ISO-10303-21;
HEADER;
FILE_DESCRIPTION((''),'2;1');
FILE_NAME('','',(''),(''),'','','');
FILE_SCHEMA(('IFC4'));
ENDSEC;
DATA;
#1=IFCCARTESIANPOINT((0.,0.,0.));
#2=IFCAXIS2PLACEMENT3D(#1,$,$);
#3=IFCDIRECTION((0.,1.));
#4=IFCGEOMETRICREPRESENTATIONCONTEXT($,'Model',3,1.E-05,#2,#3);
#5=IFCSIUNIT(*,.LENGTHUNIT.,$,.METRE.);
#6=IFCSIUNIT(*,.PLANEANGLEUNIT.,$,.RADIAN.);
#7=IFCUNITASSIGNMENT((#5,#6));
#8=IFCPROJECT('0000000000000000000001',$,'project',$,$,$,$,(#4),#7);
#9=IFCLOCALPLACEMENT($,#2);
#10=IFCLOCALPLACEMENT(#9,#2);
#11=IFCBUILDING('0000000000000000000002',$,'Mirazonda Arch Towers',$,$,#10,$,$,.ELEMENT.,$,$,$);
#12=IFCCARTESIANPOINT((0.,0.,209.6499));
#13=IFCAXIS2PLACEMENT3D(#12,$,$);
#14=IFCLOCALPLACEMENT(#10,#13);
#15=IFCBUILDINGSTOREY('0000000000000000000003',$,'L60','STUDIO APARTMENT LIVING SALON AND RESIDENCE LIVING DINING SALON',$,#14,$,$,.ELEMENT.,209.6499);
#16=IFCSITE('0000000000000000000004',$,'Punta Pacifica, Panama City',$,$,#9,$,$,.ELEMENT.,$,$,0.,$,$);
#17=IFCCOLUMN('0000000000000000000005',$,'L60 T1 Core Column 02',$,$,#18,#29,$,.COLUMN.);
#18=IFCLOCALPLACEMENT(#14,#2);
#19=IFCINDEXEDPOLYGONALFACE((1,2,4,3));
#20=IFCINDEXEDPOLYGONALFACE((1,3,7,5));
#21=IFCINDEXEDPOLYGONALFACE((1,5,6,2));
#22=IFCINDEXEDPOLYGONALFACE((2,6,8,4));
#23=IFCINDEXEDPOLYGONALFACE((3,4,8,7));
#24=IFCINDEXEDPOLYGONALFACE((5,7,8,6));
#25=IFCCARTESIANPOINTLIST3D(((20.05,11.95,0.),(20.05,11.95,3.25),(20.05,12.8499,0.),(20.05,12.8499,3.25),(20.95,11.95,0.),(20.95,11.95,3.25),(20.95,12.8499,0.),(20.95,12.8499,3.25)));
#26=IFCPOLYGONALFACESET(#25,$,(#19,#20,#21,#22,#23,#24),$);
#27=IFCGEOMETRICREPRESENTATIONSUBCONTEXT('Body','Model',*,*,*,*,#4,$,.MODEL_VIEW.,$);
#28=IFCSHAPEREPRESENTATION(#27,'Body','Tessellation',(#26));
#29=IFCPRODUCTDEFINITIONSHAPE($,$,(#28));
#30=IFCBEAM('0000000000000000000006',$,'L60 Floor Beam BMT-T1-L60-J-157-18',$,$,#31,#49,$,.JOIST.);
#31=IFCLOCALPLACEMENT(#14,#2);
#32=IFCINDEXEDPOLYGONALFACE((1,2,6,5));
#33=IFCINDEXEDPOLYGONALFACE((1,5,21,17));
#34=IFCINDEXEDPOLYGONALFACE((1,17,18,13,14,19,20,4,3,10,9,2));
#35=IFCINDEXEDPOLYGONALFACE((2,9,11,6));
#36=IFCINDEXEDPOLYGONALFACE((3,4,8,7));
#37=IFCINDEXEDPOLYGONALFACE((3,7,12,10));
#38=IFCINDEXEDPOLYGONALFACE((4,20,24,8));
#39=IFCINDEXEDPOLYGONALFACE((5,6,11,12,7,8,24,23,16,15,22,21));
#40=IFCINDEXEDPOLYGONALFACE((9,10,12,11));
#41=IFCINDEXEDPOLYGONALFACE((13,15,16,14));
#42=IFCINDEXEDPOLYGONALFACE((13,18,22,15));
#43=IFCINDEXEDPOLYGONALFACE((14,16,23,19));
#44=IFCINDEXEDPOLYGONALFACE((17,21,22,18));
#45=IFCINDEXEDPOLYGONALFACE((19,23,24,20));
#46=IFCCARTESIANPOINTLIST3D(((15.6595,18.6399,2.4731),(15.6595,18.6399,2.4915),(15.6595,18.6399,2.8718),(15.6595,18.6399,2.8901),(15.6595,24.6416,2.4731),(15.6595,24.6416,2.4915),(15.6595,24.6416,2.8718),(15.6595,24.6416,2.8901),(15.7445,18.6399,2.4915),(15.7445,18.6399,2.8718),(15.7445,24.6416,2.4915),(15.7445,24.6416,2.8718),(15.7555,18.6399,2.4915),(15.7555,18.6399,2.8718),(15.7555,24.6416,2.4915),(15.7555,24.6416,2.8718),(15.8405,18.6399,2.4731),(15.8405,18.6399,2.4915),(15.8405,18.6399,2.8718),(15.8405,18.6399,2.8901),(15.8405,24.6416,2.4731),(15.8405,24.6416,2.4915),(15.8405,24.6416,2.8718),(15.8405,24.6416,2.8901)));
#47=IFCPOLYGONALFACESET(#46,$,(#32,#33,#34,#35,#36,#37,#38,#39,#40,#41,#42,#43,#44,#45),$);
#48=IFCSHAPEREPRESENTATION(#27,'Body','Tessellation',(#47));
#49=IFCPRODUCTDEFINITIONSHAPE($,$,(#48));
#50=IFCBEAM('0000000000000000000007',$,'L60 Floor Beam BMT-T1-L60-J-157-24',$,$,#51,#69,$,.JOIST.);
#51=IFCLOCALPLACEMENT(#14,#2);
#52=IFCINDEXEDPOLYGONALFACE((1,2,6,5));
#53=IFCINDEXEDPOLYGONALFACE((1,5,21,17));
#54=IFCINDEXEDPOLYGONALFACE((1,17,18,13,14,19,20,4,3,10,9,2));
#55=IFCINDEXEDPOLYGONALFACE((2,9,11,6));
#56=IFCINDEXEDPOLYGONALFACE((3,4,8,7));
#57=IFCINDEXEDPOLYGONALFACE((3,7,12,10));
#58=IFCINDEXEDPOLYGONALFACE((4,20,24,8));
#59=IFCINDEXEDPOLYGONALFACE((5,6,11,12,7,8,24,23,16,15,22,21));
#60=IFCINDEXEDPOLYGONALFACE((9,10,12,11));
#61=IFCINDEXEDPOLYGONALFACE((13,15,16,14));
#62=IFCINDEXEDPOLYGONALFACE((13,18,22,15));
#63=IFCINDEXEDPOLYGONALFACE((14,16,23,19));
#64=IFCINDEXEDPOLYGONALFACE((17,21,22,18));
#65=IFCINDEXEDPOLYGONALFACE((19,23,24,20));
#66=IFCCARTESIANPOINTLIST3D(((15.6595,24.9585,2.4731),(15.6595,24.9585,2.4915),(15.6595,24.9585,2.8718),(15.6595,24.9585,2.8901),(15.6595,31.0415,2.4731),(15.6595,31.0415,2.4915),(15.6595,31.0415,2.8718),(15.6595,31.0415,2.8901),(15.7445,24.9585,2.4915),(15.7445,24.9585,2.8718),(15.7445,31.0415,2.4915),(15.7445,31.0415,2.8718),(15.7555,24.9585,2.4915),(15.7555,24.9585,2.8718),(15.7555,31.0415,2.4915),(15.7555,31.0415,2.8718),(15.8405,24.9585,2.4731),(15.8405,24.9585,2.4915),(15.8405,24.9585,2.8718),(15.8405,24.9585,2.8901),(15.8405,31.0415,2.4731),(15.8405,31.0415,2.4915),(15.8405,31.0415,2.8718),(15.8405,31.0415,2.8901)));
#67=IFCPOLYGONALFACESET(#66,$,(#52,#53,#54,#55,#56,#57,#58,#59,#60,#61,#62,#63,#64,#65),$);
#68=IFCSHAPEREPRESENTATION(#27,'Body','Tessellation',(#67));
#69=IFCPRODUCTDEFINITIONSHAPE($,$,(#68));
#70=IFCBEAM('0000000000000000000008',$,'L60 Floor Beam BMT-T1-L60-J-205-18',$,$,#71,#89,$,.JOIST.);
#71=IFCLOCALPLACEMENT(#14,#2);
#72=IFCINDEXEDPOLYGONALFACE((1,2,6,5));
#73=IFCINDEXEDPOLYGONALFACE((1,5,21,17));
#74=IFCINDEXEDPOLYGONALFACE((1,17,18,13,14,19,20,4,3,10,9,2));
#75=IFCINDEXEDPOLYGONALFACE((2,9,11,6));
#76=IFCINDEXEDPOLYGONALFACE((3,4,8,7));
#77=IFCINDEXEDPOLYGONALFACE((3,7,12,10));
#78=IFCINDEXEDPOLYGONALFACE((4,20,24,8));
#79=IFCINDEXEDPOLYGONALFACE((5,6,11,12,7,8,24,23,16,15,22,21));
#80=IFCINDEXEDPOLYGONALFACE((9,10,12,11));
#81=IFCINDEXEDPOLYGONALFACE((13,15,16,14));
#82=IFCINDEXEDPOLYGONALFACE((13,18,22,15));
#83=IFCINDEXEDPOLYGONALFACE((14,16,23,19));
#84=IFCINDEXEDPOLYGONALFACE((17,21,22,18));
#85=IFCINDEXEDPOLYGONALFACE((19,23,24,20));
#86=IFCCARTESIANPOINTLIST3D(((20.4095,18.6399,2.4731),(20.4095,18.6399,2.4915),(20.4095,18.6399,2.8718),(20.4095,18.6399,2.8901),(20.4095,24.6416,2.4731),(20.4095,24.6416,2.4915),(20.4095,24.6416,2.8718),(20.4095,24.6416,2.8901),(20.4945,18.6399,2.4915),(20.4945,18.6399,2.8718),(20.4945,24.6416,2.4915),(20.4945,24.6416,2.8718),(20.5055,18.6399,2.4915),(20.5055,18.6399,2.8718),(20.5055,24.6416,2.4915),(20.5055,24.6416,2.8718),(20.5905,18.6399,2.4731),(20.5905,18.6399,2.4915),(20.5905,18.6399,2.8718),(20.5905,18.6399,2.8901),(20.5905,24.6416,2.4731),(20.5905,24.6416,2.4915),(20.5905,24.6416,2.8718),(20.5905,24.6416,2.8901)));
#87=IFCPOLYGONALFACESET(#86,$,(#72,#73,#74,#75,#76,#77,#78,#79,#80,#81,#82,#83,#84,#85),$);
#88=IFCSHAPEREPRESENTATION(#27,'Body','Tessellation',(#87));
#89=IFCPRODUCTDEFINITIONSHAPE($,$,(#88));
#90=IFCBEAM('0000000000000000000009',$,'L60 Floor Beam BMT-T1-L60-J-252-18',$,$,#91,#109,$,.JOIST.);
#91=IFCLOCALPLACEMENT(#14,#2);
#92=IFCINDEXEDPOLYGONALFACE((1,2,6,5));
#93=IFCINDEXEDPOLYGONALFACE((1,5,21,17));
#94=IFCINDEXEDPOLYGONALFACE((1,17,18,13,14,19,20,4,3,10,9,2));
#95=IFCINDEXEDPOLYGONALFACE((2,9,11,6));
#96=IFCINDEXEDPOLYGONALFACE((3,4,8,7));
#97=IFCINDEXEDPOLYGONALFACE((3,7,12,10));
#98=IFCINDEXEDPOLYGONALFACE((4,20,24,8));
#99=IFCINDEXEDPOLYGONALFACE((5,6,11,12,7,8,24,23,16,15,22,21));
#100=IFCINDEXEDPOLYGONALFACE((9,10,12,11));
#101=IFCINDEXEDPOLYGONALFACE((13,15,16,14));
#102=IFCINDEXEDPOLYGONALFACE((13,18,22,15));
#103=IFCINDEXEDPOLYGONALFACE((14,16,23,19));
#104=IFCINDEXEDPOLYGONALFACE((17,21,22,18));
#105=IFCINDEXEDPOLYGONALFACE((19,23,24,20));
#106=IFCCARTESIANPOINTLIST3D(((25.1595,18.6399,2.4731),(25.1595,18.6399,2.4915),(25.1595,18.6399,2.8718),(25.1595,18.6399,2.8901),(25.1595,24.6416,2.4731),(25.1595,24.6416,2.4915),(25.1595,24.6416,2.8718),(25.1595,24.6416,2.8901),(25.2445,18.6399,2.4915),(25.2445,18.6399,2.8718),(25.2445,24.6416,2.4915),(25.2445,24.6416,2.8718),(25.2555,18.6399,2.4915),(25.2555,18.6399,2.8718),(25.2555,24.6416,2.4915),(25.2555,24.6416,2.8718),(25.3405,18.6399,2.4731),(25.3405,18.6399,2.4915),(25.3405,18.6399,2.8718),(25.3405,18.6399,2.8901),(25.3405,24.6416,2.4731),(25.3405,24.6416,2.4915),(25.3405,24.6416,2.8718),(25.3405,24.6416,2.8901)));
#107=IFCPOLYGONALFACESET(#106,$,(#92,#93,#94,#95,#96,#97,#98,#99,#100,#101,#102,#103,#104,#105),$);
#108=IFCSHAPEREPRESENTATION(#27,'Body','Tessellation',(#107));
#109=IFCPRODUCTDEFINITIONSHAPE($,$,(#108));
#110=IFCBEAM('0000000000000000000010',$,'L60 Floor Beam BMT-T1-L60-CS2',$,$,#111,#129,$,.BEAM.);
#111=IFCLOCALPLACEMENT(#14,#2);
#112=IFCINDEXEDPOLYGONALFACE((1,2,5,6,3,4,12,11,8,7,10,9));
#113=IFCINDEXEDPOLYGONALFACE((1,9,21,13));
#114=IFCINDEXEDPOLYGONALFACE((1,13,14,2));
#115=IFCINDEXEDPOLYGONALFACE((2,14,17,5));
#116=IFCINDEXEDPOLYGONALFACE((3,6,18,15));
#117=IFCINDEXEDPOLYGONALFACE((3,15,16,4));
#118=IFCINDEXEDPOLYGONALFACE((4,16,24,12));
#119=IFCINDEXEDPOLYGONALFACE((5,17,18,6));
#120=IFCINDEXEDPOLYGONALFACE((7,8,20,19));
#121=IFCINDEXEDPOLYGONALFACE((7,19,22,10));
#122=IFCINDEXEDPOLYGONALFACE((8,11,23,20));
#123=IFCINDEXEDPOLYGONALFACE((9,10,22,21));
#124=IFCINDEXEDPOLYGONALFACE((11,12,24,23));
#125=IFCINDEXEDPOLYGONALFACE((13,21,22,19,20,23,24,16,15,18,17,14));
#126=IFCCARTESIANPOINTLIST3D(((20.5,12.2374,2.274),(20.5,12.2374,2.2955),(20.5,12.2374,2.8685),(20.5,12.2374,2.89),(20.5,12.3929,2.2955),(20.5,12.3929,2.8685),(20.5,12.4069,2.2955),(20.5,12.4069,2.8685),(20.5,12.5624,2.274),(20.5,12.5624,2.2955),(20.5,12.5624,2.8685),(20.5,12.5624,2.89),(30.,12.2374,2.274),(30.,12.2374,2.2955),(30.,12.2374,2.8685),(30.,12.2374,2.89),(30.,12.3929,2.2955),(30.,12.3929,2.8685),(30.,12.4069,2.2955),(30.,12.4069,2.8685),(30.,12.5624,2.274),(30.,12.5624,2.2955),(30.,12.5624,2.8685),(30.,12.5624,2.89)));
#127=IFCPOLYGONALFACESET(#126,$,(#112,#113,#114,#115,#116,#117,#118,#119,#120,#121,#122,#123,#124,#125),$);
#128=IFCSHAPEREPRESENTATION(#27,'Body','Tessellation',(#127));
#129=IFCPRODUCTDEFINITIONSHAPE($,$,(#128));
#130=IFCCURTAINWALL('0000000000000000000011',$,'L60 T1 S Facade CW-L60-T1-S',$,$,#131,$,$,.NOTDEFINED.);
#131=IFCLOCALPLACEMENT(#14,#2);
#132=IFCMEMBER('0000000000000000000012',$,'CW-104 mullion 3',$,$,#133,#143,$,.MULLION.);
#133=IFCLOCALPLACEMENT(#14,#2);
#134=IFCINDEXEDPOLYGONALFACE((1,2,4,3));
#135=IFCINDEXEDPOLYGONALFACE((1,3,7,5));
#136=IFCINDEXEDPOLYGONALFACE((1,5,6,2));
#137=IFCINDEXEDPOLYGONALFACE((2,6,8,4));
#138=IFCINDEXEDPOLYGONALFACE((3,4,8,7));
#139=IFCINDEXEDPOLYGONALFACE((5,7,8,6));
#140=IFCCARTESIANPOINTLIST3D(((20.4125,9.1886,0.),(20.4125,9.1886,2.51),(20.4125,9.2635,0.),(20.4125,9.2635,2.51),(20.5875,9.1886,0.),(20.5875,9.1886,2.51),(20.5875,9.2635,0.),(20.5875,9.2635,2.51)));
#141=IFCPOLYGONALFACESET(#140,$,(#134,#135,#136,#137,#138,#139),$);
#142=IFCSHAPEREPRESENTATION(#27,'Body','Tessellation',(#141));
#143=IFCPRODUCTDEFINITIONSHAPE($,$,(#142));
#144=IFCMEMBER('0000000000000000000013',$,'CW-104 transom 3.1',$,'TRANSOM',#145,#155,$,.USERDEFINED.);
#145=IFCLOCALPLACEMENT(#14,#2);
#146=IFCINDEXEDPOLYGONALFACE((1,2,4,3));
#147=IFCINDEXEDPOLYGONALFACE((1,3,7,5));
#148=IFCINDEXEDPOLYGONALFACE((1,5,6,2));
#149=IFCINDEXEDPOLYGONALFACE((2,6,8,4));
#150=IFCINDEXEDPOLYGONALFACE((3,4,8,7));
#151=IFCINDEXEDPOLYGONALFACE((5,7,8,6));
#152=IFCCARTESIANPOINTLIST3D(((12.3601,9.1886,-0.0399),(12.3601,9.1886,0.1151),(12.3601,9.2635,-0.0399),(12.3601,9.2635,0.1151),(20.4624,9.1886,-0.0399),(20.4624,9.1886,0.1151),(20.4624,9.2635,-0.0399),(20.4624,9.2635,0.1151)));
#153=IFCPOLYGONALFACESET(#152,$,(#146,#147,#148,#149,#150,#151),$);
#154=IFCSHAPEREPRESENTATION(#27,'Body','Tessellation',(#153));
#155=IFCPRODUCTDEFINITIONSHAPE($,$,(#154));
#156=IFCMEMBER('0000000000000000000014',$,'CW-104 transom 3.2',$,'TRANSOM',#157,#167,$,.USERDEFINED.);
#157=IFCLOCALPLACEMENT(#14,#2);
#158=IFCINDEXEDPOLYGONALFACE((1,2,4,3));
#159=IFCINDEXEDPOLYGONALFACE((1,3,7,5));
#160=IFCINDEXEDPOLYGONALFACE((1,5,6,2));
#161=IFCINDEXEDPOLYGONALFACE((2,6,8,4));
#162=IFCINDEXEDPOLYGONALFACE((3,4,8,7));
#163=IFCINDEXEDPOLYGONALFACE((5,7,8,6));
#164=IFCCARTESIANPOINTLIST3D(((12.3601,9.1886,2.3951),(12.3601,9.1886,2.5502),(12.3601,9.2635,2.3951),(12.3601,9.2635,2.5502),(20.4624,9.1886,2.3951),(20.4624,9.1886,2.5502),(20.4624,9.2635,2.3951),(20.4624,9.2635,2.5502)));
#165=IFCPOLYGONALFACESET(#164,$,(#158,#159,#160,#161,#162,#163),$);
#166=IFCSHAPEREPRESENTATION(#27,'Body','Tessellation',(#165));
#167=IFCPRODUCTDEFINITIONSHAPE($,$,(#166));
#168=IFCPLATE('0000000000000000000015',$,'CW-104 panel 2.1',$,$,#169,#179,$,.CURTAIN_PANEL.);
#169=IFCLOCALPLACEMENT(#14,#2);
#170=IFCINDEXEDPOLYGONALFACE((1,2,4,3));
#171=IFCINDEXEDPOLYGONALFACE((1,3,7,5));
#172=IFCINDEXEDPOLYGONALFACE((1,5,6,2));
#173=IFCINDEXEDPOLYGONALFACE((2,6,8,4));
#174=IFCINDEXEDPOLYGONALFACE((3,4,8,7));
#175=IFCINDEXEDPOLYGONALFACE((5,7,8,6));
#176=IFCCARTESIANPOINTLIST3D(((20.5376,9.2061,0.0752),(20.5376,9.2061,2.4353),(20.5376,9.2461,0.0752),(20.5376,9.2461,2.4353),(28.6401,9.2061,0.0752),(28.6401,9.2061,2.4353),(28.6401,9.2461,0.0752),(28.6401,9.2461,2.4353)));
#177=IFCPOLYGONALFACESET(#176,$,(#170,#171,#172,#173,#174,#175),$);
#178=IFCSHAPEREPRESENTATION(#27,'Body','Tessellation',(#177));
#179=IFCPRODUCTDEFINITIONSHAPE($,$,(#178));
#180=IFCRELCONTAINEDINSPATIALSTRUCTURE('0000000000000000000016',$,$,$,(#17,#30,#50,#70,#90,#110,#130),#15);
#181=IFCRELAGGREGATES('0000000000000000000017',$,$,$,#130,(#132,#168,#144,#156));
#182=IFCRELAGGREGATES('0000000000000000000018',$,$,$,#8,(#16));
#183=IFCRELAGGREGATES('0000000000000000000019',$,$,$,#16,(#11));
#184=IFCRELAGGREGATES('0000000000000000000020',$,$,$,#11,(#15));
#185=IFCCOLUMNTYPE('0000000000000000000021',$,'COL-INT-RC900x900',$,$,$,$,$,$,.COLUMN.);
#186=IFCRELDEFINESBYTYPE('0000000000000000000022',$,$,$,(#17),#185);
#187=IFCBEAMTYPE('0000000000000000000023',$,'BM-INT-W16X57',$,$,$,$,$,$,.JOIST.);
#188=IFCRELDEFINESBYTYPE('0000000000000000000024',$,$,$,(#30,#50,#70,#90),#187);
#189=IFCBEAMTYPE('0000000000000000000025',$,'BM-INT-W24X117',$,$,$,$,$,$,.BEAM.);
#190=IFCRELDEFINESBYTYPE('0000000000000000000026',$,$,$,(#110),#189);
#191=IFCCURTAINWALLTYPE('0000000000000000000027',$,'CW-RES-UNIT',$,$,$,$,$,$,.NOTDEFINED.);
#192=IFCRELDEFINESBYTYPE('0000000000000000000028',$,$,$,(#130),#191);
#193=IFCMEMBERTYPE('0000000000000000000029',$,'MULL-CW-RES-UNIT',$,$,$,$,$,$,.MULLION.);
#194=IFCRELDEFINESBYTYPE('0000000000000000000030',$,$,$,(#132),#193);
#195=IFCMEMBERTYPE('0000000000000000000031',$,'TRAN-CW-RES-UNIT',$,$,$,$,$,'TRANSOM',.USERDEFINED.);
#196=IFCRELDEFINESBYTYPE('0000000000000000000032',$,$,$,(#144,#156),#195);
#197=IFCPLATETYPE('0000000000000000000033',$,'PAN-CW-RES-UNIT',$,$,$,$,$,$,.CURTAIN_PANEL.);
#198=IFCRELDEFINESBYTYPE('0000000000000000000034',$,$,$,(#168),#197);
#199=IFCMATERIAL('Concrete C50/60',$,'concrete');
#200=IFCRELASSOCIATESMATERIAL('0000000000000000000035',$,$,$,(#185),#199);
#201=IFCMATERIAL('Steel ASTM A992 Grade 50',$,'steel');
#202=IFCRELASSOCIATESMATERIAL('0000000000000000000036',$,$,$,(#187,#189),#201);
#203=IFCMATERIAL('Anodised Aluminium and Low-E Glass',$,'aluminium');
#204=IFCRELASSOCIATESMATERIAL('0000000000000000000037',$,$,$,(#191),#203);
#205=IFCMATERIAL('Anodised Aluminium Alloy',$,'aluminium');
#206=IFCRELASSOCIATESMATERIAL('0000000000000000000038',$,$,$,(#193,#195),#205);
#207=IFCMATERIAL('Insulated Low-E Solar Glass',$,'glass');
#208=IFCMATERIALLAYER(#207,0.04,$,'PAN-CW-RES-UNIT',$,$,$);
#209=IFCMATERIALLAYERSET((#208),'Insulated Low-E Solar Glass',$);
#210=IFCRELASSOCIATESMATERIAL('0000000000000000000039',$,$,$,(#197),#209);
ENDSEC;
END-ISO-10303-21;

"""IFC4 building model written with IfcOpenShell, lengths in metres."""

from ifc_helpers import new_model, si_unit, direction, frame, origin, origin_2d, place, context, subcontext, project, spatial, rectangle, i_section, extrude, material, layer, layer_set, material_profile, profile_set, type_object, element, aggregate, save


model = new_model("IFC4")

# Units and contexts
model_context = context("Model", 3, precision=1e-05, world=origin(), true_north=direction((0.0, 1.0)))
body_context = subcontext(model_context, "Body", "Model", "MODEL_VIEW")
ifc_project = project(units=[si_unit("LENGTHUNIT", "METRE"), si_unit("PLANEANGLEUNIT", "RADIAN")], contexts=[model_context])

# Site, building, storey
site_placement = place(None, origin())
site = spatial("IfcSite", under=ifc_project, at=site_placement, Name="Punta Pacifica, Panama City", CompositionType="ELEMENT", RefElevation=0.0)
building_placement = place(site_placement, origin())
building = spatial("IfcBuilding", under=site, at=building_placement, Name="Mirazonda Arch Towers", CompositionType="ELEMENT")
storey_placement = place(building_placement, frame((0.0, 0.0, 209.6499)))
storey = spatial("IfcBuildingStorey", under=building, at=storey_placement, Name="L60", Description="STUDIO APARTMENT LIVING SALON AND RESIDENCE LIVING DINING SALON", CompositionType="ELEMENT", Elevation=209.6499)

# Column
ifc_material_1 = material(Name="Concrete C50/60", Category="concrete")
ifc_material_profile_1 = material_profile(ifc_material_1, rectangle(XDim=0.8999, YDim=0.8999, at=origin_2d()), Name="RC900x900")
ifc_profile_set_1 = profile_set([ifc_material_profile_1], Name="Concrete C50/60")
column_type = type_object("IfcColumnType", Name="COL-INT-RC900x900", PredefinedType="COLUMN", material=ifc_profile_set_1)
column_placement = place(storey_placement, frame((20.5, 12.3999, 0.0), z_axis=(0.0, 0.0, 1.0), x_axis=(1.0, 0.0, 0.0)))
element("IfcColumn", 1, at=column_placement, inside=storey, type_object=column_type, Name="L60 T1 Core Column 02", PredefinedType="COLUMN", context=body_context, shape_type="SweptSolid", body=[
    extrude(rectangle(XDim=0.8999, YDim=0.8999, at=origin_2d()), origin(), (0.0, 0.0, 1.0), 3.25),
])

# Beams
ifc_material_2 = material(Name="Steel ASTM A992 Grade 50", Category="steel")
ifc_material_profile_2 = material_profile(ifc_material_2, i_section(OverallWidth=0.1809, OverallDepth=0.417, WebThickness=0.011, FlangeThickness=0.0183, at=origin_2d()), Name="W16X57")
ifc_profile_set_2 = profile_set([ifc_material_profile_2], Name="Steel ASTM A992 Grade 50")
beam_type_1 = type_object("IfcBeamType", Name="BM-INT-W16X57", PredefinedType="JOIST", material=ifc_profile_set_2)
beam_1_placement = place(storey_placement, frame((15.75, 18.6399, 2.6816), z_axis=(0.0, 1.0, 0.0), x_axis=(-1.0, 0.0, 0.0)))
element("IfcBeam", 2, at=beam_1_placement, inside=storey, type_object=beam_type_1, Name="L60 Floor Beam BMT-T1-L60-J-157-18", PredefinedType="JOIST", context=body_context, shape_type="SweptSolid", body=[
    extrude(i_section(OverallWidth=0.1809, OverallDepth=0.417, WebThickness=0.011, FlangeThickness=0.0183, at=origin_2d()), origin(), (0.0, 0.0, 1.0), 6.0017),
])
beam_2_placement = place(storey_placement, frame((15.75, 24.9585, 2.6816), z_axis=(0.0, 1.0, 0.0), x_axis=(-1.0, 0.0, 0.0)))
element("IfcBeam", 3, at=beam_2_placement, inside=storey, type_object=beam_type_1, Name="L60 Floor Beam BMT-T1-L60-J-157-24", PredefinedType="JOIST", context=body_context, shape_type="SweptSolid", body=[
    extrude(i_section(OverallWidth=0.1809, OverallDepth=0.417, WebThickness=0.011, FlangeThickness=0.0183, at=origin_2d()), origin(), (0.0, 0.0, 1.0), 6.083),
])
for number, where, z_axis, x_axis, name in (
    (4, (20.5, 18.6399, 2.6816), (0.0, 1.0, 0.0), (-1.0, 0.0, 0.0), "L60 Floor Beam BMT-T1-L60-J-205-18"),
    (5, (25.25, 18.6399, 2.6816), (0.0, 1.0, 0.0), (-1.0, 0.0, 0.0), "L60 Floor Beam BMT-T1-L60-J-252-18"),
):
    element("IfcBeam", number, at=place(storey_placement, frame(where, z_axis=z_axis, x_axis=x_axis)), inside=storey, type_object=beam_type_1, Name=name, PredefinedType="JOIST", context=body_context, shape_type="SweptSolid", body=[
        extrude(i_section(OverallWidth=0.1809, OverallDepth=0.417, WebThickness=0.011, FlangeThickness=0.0183, at=origin_2d()), origin(), (0.0, 0.0, 1.0), 6.0017),
    ])
ifc_material_profile_3 = material_profile(ifc_material_2, i_section(OverallWidth=0.325, OverallDepth=0.616, WebThickness=0.0139, FlangeThickness=0.0215, at=origin_2d()), Name="W24X117")
ifc_profile_set_3 = profile_set([ifc_material_profile_3], Name="Steel ASTM A992 Grade 50")
beam_type_2 = type_object("IfcBeamType", Name="BM-INT-W24X117", PredefinedType="BEAM", material=ifc_profile_set_3)
beam_3_placement = place(storey_placement, frame((20.5, 12.3999, 2.582), z_axis=(1.0, 0.0, 0.0), x_axis=(0.0, 1.0, 0.0)))
element("IfcBeam", 6, at=beam_3_placement, inside=storey, type_object=beam_type_2, Name="L60 Floor Beam BMT-T1-L60-CS2", PredefinedType="BEAM", context=body_context, shape_type="SweptSolid", body=[
    extrude(i_section(OverallWidth=0.325, OverallDepth=0.616, WebThickness=0.0139, FlangeThickness=0.0215, at=origin_2d()), origin(), (0.0, 0.0, 1.0), 9.5),
])

# Curtain wall, members, plate
ifc_material_3 = material(Name="Anodised Aluminium and Low-E Glass", Category="aluminium")
curtain_wall_type = type_object("IfcCurtainWallType", Name="CW-RES-UNIT", PredefinedType="NOTDEFINED", material=ifc_material_3)
curtain_wall_placement = place(storey_placement, origin())
curtain_wall = element("IfcCurtainWall", 7, at=curtain_wall_placement, inside=storey, type_object=curtain_wall_type, Name="L60 T1 S Facade CW-L60-T1-S", PredefinedType="NOTDEFINED")
ifc_material_4 = material(Name="Anodised Aluminium Alloy", Category="aluminium")
ifc_material_profile_4 = material_profile(ifc_material_4, rectangle(XDim=0.075, YDim=0.175, at=origin_2d()), Name="ALU-MULL-75x175")
ifc_profile_set_4 = profile_set([ifc_material_profile_4], Name="Anodised Aluminium Alloy")
member_type_1 = type_object("IfcMemberType", Name="MULL-CW-RES-UNIT", PredefinedType="MULLION", material=ifc_profile_set_4)
member_1_placement = place(storey_placement, frame((20.5, 9.2261, 0.0), z_axis=(0.0, 0.0, 1.0), x_axis=(0.0, -1.0, 0.0)))
member_1 = element("IfcMember", 8, at=member_1_placement, type_object=member_type_1, Name="CW-104 mullion 3", PredefinedType="MULLION", context=body_context, shape_type="SweptSolid", body=[
    extrude(rectangle(XDim=0.075, YDim=0.175, at=origin_2d()), origin(), (0.0, 0.0, 1.0), 2.51),
])
ifc_material_profile_5 = material_profile(ifc_material_4, rectangle(XDim=0.075, YDim=0.155, at=origin_2d()), Name="ALU-TRAN-75x155")
ifc_profile_set_5 = profile_set([ifc_material_profile_5], Name="Anodised Aluminium Alloy")
member_type_2 = type_object("IfcMemberType", Name="TRAN-CW-RES-UNIT", ElementType="TRANSOM", PredefinedType="USERDEFINED", material=ifc_profile_set_5)
member_2_placement = place(storey_placement, frame((20.4624, 9.2261, 0.0376), z_axis=(-1.0, 0.0, 0.0), x_axis=(0.0, -1.0, 0.0)))
member_2 = element("IfcMember", 9, at=member_2_placement, type_object=member_type_2, Name="CW-104 transom 3.1", ObjectType="TRANSOM", PredefinedType="USERDEFINED", context=body_context, shape_type="SweptSolid", body=[
    extrude(rectangle(XDim=0.075, YDim=0.155, at=origin_2d()), origin(), (0.0, 0.0, 1.0), 8.1023),
])
member_3_placement = place(storey_placement, frame((20.4624, 9.2261, 2.4727), z_axis=(-1.0, 0.0, 0.0), x_axis=(0.0, -1.0, 0.0)))
member_3 = element("IfcMember", 10, at=member_3_placement, type_object=member_type_2, Name="CW-104 transom 3.2", ObjectType="TRANSOM", PredefinedType="USERDEFINED", context=body_context, shape_type="SweptSolid", body=[
    extrude(rectangle(XDim=0.075, YDim=0.155, at=origin_2d()), origin(), (0.0, 0.0, 1.0), 8.1023),
])
ifc_material_5 = material(Name="Insulated Low-E Solar Glass", Category="glass")
ifc_layer_1 = layer(ifc_material_5, 0.04, Name="PAN-CW-RES-UNIT")
ifc_layer_set_1 = layer_set([ifc_layer_1], Name="Insulated Low-E Solar Glass")
plate_type = type_object("IfcPlateType", Name="PAN-CW-RES-UNIT", PredefinedType="CURTAIN_PANEL", material=ifc_layer_set_1)
plate_1_placement = place(storey_placement, frame((24.5889, 9.2261, 0.0752), z_axis=(0.0, 0.0, 1.0), x_axis=(-1.0, 0.0, 0.0)))
plate_1 = element("IfcPlate", 11, at=plate_1_placement, type_object=plate_type, Name="CW-104 panel 2.1", PredefinedType="CURTAIN_PANEL", context=body_context, shape_type="SweptSolid", body=[
    extrude(rectangle(XDim=8.1025, YDim=0.04, at=origin_2d()), origin(), (0.0, 0.0, 1.0), 2.3601),
])
aggregate(curtain_wall, [member_1, plate_1, member_2, member_3])

save(model, "model.ifc")
